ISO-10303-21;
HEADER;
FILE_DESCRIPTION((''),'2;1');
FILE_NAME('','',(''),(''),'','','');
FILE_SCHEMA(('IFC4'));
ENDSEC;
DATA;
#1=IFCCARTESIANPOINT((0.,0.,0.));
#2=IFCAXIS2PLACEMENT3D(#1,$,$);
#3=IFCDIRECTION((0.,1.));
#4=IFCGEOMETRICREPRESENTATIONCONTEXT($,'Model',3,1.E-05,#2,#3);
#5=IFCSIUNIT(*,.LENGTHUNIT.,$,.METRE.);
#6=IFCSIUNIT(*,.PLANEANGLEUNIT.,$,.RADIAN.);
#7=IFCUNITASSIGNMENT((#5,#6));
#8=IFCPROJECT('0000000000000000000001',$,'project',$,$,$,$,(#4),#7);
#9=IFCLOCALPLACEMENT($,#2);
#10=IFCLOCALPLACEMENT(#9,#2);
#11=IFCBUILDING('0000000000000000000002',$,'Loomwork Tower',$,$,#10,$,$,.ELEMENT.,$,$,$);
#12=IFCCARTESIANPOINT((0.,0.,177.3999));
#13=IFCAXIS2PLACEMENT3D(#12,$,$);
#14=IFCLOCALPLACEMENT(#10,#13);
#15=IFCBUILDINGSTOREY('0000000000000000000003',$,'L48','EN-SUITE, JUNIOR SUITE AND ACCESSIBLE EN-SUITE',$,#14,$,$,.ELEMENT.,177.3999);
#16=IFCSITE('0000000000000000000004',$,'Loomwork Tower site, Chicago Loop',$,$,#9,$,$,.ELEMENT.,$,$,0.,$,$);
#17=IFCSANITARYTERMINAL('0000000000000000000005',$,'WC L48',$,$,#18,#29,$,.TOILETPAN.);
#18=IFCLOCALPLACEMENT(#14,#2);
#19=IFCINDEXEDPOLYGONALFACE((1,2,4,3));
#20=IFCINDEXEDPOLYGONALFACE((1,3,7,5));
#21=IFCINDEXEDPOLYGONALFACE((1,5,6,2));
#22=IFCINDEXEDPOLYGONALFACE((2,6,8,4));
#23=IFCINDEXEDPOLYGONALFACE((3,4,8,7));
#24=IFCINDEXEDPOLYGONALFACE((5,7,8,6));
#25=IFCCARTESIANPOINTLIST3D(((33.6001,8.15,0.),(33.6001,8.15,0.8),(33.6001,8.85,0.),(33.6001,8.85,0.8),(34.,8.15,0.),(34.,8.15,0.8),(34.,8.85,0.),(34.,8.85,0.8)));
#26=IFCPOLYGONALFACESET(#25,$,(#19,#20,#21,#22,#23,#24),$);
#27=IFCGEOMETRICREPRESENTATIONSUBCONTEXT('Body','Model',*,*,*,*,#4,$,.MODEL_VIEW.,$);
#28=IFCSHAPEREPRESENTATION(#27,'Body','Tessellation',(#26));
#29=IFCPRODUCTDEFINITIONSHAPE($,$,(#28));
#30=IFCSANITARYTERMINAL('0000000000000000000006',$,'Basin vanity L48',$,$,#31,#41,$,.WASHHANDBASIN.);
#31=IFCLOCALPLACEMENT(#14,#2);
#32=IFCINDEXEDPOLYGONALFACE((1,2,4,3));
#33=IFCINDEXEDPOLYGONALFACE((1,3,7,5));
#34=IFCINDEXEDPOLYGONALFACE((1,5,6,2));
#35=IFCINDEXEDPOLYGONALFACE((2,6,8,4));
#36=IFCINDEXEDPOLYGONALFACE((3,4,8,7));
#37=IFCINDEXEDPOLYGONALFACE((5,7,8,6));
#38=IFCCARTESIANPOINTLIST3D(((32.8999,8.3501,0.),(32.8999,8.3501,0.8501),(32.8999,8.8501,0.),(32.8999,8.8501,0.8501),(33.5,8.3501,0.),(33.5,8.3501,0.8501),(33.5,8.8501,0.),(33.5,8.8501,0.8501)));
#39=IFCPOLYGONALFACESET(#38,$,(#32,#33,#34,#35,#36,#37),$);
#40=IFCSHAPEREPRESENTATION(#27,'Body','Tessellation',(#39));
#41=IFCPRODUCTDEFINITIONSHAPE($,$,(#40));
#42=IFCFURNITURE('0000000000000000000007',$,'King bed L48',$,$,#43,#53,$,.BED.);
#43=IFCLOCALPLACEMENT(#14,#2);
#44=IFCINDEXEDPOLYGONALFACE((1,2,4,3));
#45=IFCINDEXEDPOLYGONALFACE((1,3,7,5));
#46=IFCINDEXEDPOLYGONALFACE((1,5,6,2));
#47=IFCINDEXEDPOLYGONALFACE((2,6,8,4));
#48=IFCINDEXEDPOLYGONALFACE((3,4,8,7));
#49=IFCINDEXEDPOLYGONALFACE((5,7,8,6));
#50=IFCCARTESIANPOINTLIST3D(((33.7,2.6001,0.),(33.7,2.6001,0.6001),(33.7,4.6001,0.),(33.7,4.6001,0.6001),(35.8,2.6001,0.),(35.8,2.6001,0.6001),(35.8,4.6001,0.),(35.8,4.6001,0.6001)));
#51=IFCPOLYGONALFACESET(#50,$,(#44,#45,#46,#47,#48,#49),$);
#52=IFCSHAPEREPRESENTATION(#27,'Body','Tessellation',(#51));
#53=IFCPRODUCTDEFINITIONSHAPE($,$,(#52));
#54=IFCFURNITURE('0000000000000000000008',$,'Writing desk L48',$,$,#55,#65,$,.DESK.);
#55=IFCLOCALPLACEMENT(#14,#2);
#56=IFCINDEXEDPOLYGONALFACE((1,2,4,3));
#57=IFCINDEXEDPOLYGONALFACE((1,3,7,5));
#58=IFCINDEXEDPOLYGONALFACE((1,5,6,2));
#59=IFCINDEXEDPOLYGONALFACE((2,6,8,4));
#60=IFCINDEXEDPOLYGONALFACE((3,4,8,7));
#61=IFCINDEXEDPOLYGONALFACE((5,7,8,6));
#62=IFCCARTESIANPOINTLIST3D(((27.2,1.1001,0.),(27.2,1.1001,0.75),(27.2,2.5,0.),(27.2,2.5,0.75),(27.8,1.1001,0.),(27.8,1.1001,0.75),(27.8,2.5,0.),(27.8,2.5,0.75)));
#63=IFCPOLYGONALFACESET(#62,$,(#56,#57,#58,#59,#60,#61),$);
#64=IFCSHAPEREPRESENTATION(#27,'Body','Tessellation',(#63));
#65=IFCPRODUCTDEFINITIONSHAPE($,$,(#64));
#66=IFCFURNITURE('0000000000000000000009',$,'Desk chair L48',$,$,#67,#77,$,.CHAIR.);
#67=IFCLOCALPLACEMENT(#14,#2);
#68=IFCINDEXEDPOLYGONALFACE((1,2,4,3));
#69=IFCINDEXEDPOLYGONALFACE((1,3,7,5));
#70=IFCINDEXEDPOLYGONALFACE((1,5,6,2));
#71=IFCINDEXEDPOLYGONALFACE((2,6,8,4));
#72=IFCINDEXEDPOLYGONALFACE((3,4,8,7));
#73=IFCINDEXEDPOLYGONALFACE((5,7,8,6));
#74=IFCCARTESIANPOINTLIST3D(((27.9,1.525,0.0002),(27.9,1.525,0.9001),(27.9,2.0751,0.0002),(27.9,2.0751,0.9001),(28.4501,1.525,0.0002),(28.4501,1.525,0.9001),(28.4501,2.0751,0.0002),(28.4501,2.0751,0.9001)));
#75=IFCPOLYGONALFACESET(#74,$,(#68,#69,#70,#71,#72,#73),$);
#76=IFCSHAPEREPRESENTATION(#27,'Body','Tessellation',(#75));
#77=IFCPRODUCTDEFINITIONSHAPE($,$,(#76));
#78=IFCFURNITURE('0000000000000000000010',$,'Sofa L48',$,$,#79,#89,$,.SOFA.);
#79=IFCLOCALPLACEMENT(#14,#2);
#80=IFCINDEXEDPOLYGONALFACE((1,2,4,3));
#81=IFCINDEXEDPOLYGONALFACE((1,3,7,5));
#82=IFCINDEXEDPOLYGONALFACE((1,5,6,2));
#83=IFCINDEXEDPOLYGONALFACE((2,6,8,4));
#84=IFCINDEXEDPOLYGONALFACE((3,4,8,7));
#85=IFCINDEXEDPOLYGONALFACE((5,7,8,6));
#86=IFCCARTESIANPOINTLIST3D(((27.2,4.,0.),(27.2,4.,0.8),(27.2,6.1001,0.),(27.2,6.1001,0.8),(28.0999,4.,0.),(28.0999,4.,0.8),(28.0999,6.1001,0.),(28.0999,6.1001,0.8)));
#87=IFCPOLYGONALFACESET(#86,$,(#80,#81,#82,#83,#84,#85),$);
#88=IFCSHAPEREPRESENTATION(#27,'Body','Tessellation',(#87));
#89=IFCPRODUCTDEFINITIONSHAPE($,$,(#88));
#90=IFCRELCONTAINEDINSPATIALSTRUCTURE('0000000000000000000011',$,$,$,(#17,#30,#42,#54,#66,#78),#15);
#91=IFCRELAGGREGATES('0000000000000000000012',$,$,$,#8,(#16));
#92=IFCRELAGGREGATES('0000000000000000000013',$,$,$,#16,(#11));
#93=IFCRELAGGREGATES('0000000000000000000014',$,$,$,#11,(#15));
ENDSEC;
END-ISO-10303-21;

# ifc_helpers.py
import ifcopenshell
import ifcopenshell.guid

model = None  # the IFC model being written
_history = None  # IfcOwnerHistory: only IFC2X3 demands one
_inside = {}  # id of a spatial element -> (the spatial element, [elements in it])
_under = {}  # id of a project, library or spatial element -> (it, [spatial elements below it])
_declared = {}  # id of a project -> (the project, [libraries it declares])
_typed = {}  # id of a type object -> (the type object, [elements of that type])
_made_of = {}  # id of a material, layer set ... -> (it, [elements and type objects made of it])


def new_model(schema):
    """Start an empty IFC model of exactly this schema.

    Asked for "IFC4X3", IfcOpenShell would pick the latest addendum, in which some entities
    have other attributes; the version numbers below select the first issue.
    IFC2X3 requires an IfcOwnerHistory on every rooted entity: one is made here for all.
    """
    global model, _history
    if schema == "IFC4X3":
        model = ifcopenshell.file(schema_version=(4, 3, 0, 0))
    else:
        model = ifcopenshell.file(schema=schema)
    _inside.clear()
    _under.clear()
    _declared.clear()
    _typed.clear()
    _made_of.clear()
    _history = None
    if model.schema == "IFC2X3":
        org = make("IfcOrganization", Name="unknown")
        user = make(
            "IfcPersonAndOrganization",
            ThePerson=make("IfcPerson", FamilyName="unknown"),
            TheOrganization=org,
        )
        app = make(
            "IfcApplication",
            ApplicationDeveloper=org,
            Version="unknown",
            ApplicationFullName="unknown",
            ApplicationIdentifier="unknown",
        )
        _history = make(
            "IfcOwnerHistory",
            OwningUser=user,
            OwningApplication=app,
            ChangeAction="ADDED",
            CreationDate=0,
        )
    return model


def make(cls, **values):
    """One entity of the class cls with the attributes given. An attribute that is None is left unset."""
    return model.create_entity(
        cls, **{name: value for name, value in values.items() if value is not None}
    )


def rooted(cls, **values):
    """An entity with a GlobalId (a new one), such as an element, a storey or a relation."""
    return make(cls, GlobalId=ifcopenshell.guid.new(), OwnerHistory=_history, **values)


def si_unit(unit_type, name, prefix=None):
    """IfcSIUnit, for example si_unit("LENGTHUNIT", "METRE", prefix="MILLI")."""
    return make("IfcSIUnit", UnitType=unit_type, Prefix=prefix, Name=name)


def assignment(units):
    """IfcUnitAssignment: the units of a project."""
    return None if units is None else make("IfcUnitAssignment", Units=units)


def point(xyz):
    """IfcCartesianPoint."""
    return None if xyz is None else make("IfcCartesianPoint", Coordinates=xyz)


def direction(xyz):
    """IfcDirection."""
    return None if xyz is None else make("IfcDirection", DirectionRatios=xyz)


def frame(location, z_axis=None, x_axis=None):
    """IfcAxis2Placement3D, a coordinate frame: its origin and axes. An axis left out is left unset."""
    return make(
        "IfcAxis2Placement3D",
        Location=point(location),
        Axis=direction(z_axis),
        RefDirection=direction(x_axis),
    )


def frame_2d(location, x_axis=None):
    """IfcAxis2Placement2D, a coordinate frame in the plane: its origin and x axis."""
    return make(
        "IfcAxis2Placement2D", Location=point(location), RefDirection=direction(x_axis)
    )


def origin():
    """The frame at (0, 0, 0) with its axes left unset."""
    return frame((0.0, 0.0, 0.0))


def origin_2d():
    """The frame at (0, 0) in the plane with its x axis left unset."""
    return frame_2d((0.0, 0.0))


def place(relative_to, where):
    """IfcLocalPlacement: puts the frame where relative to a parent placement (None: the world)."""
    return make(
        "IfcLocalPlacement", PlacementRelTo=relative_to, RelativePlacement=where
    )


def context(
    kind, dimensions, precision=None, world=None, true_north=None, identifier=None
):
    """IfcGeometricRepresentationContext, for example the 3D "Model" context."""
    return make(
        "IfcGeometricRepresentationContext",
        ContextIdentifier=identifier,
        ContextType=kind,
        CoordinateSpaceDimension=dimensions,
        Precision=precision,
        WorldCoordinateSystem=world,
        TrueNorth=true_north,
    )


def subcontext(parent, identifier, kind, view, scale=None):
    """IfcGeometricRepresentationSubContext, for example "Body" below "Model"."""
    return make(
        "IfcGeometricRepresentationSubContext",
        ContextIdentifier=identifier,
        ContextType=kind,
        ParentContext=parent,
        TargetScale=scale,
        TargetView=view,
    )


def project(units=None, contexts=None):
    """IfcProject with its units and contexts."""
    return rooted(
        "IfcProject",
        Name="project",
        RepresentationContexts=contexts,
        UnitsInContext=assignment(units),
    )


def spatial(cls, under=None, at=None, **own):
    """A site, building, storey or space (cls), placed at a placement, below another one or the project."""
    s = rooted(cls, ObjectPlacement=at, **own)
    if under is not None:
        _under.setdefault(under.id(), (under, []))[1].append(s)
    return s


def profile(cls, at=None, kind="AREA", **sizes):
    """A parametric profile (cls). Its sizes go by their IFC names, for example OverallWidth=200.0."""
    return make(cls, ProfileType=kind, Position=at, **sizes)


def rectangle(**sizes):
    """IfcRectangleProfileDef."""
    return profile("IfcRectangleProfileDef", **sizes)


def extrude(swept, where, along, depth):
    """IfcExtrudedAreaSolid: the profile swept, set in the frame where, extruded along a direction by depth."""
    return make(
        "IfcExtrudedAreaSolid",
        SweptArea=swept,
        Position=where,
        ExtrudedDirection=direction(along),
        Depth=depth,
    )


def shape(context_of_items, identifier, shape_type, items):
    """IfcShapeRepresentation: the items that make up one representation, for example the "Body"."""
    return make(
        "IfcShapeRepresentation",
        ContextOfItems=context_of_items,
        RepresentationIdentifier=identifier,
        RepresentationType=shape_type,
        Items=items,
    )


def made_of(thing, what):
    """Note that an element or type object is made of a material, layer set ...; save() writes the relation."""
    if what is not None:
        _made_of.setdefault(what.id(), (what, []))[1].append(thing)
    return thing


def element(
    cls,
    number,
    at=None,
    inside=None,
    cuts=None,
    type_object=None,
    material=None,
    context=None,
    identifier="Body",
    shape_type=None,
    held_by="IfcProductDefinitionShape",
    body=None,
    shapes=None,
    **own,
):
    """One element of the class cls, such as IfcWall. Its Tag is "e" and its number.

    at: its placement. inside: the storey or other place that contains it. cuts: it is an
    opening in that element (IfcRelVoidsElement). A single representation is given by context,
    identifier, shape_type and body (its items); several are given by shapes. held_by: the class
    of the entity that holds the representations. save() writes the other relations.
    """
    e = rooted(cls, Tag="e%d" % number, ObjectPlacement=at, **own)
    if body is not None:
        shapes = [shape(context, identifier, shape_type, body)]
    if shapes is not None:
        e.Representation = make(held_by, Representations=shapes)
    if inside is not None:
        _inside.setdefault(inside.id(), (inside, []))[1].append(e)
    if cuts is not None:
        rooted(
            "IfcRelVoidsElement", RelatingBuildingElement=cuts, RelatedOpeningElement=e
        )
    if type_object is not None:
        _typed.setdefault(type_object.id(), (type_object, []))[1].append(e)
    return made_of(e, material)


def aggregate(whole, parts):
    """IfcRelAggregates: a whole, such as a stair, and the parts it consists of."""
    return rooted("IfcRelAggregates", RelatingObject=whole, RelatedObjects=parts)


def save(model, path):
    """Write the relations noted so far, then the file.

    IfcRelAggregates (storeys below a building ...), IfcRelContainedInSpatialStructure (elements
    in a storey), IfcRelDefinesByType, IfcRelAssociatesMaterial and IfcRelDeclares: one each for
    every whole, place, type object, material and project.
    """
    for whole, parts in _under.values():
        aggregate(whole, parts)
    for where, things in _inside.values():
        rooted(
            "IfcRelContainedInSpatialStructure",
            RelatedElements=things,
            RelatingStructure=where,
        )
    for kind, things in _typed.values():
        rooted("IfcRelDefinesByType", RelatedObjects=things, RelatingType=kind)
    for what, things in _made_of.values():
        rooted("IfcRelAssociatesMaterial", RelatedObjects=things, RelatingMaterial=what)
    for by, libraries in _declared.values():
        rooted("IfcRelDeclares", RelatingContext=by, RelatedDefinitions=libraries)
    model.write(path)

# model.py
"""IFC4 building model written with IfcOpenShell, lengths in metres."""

from ifc_helpers import new_model, si_unit, direction, frame, origin, origin_2d, place, context, subcontext, project, spatial, rectangle, extrude, element, save


model = new_model("IFC4")

# Units and contexts
model_context = context("Model", 3, precision=1e-05, world=origin(), true_north=direction((0.0, 1.0)))
body_context = subcontext(model_context, "Body", "Model", "MODEL_VIEW")
ifc_project = project(units=[si_unit("LENGTHUNIT", "METRE"), si_unit("PLANEANGLEUNIT", "RADIAN")], contexts=[model_context])

# Site, building, storey
site_placement = place(None, origin())
site = spatial("IfcSite", under=ifc_project, at=site_placement, Name="Loomwork Tower site, Chicago Loop", CompositionType="ELEMENT", RefElevation=0.0)
building_placement = place(site_placement, origin())
building = spatial("IfcBuilding", under=site, at=building_placement, Name="Loomwork Tower", CompositionType="ELEMENT")
storey_placement = place(building_placement, frame((0.0, 0.0, 177.3999)))
storey = spatial("IfcBuildingStorey", under=building, at=storey_placement, Name="L48", Description="EN-SUITE, JUNIOR SUITE AND ACCESSIBLE EN-SUITE", CompositionType="ELEMENT", Elevation=177.3999)

# Sanitary terminals
sanitary_terminal_1_placement = place(storey_placement, frame((33.8, 8.5, 0.0), z_axis=(0.0, 0.0, 1.0), x_axis=(1.0, 0.0, 0.0)))
element("IfcSanitaryTerminal", 1, at=sanitary_terminal_1_placement, inside=storey, Name="WC L48", PredefinedType="TOILETPAN", context=body_context, shape_type="SweptSolid", body=[
    extrude(rectangle(XDim=0.3999, YDim=0.7, at=origin_2d()), origin(), (0.0, 0.0, 1.0), 0.8),
])
sanitary_terminal_2_placement = place(storey_placement, frame((33.2, 8.6001, 0.0), z_axis=(0.0, 0.0, 1.0), x_axis=(1.0, 0.0, 0.0)))
element("IfcSanitaryTerminal", 2, at=sanitary_terminal_2_placement, inside=storey, Name="Basin vanity L48", PredefinedType="WASHHANDBASIN", context=body_context, shape_type="SweptSolid", body=[
    extrude(rectangle(XDim=0.6001, YDim=0.5, at=origin_2d()), origin(), (0.0, 0.0, 1.0), 0.8501),
])

# Furniture
furniture_1_placement = place(storey_placement, frame((34.75, 3.6001, 0.0), z_axis=(0.0, 0.0, 1.0), x_axis=(1.0, 0.0, 0.0)))
element("IfcFurniture", 3, at=furniture_1_placement, inside=storey, Name="King bed L48", PredefinedType="BED", context=body_context, shape_type="SweptSolid", body=[
    extrude(rectangle(XDim=2.1001, YDim=2.0, at=origin_2d()), origin(), (0.0, 0.0, 1.0), 0.6001),
])
furniture_2_placement = place(storey_placement, frame((27.5, 1.8, 0.0), z_axis=(0.0, 0.0, 1.0), x_axis=(1.0, 0.0, 0.0)))
element("IfcFurniture", 4, at=furniture_2_placement, inside=storey, Name="Writing desk L48", PredefinedType="DESK", context=body_context, shape_type="SweptSolid", body=[
    extrude(rectangle(XDim=0.6001, YDim=1.3999, at=origin_2d()), origin(), (0.0, 0.0, 1.0), 0.75),
])
furniture_3_placement = place(storey_placement, frame((28.175, 1.8, 0.0002), z_axis=(0.0, 0.0, 1.0), x_axis=(1.0, 0.0, 0.0)))
element("IfcFurniture", 5, at=furniture_3_placement, inside=storey, Name="Desk chair L48", PredefinedType="CHAIR", context=body_context, shape_type="SweptSolid", body=[
    extrude(rectangle(XDim=0.55, YDim=0.55, at=origin_2d()), origin(), (0.0, 0.0, 1.0), 0.8999),
])
furniture_4_placement = place(storey_placement, frame((27.6499, 5.05, 0.0), z_axis=(0.0, 0.0, 1.0), x_axis=(1.0, 0.0, 0.0)))
element("IfcFurniture", 6, at=furniture_4_placement, inside=storey, Name="Sofa L48", PredefinedType="SOFA", context=body_context, shape_type="SweptSolid", body=[
    extrude(rectangle(XDim=0.8999, YDim=2.1001, at=origin_2d()), origin(), (0.0, 0.0, 1.0), 0.8),
])

save(model, "model.ifc")
